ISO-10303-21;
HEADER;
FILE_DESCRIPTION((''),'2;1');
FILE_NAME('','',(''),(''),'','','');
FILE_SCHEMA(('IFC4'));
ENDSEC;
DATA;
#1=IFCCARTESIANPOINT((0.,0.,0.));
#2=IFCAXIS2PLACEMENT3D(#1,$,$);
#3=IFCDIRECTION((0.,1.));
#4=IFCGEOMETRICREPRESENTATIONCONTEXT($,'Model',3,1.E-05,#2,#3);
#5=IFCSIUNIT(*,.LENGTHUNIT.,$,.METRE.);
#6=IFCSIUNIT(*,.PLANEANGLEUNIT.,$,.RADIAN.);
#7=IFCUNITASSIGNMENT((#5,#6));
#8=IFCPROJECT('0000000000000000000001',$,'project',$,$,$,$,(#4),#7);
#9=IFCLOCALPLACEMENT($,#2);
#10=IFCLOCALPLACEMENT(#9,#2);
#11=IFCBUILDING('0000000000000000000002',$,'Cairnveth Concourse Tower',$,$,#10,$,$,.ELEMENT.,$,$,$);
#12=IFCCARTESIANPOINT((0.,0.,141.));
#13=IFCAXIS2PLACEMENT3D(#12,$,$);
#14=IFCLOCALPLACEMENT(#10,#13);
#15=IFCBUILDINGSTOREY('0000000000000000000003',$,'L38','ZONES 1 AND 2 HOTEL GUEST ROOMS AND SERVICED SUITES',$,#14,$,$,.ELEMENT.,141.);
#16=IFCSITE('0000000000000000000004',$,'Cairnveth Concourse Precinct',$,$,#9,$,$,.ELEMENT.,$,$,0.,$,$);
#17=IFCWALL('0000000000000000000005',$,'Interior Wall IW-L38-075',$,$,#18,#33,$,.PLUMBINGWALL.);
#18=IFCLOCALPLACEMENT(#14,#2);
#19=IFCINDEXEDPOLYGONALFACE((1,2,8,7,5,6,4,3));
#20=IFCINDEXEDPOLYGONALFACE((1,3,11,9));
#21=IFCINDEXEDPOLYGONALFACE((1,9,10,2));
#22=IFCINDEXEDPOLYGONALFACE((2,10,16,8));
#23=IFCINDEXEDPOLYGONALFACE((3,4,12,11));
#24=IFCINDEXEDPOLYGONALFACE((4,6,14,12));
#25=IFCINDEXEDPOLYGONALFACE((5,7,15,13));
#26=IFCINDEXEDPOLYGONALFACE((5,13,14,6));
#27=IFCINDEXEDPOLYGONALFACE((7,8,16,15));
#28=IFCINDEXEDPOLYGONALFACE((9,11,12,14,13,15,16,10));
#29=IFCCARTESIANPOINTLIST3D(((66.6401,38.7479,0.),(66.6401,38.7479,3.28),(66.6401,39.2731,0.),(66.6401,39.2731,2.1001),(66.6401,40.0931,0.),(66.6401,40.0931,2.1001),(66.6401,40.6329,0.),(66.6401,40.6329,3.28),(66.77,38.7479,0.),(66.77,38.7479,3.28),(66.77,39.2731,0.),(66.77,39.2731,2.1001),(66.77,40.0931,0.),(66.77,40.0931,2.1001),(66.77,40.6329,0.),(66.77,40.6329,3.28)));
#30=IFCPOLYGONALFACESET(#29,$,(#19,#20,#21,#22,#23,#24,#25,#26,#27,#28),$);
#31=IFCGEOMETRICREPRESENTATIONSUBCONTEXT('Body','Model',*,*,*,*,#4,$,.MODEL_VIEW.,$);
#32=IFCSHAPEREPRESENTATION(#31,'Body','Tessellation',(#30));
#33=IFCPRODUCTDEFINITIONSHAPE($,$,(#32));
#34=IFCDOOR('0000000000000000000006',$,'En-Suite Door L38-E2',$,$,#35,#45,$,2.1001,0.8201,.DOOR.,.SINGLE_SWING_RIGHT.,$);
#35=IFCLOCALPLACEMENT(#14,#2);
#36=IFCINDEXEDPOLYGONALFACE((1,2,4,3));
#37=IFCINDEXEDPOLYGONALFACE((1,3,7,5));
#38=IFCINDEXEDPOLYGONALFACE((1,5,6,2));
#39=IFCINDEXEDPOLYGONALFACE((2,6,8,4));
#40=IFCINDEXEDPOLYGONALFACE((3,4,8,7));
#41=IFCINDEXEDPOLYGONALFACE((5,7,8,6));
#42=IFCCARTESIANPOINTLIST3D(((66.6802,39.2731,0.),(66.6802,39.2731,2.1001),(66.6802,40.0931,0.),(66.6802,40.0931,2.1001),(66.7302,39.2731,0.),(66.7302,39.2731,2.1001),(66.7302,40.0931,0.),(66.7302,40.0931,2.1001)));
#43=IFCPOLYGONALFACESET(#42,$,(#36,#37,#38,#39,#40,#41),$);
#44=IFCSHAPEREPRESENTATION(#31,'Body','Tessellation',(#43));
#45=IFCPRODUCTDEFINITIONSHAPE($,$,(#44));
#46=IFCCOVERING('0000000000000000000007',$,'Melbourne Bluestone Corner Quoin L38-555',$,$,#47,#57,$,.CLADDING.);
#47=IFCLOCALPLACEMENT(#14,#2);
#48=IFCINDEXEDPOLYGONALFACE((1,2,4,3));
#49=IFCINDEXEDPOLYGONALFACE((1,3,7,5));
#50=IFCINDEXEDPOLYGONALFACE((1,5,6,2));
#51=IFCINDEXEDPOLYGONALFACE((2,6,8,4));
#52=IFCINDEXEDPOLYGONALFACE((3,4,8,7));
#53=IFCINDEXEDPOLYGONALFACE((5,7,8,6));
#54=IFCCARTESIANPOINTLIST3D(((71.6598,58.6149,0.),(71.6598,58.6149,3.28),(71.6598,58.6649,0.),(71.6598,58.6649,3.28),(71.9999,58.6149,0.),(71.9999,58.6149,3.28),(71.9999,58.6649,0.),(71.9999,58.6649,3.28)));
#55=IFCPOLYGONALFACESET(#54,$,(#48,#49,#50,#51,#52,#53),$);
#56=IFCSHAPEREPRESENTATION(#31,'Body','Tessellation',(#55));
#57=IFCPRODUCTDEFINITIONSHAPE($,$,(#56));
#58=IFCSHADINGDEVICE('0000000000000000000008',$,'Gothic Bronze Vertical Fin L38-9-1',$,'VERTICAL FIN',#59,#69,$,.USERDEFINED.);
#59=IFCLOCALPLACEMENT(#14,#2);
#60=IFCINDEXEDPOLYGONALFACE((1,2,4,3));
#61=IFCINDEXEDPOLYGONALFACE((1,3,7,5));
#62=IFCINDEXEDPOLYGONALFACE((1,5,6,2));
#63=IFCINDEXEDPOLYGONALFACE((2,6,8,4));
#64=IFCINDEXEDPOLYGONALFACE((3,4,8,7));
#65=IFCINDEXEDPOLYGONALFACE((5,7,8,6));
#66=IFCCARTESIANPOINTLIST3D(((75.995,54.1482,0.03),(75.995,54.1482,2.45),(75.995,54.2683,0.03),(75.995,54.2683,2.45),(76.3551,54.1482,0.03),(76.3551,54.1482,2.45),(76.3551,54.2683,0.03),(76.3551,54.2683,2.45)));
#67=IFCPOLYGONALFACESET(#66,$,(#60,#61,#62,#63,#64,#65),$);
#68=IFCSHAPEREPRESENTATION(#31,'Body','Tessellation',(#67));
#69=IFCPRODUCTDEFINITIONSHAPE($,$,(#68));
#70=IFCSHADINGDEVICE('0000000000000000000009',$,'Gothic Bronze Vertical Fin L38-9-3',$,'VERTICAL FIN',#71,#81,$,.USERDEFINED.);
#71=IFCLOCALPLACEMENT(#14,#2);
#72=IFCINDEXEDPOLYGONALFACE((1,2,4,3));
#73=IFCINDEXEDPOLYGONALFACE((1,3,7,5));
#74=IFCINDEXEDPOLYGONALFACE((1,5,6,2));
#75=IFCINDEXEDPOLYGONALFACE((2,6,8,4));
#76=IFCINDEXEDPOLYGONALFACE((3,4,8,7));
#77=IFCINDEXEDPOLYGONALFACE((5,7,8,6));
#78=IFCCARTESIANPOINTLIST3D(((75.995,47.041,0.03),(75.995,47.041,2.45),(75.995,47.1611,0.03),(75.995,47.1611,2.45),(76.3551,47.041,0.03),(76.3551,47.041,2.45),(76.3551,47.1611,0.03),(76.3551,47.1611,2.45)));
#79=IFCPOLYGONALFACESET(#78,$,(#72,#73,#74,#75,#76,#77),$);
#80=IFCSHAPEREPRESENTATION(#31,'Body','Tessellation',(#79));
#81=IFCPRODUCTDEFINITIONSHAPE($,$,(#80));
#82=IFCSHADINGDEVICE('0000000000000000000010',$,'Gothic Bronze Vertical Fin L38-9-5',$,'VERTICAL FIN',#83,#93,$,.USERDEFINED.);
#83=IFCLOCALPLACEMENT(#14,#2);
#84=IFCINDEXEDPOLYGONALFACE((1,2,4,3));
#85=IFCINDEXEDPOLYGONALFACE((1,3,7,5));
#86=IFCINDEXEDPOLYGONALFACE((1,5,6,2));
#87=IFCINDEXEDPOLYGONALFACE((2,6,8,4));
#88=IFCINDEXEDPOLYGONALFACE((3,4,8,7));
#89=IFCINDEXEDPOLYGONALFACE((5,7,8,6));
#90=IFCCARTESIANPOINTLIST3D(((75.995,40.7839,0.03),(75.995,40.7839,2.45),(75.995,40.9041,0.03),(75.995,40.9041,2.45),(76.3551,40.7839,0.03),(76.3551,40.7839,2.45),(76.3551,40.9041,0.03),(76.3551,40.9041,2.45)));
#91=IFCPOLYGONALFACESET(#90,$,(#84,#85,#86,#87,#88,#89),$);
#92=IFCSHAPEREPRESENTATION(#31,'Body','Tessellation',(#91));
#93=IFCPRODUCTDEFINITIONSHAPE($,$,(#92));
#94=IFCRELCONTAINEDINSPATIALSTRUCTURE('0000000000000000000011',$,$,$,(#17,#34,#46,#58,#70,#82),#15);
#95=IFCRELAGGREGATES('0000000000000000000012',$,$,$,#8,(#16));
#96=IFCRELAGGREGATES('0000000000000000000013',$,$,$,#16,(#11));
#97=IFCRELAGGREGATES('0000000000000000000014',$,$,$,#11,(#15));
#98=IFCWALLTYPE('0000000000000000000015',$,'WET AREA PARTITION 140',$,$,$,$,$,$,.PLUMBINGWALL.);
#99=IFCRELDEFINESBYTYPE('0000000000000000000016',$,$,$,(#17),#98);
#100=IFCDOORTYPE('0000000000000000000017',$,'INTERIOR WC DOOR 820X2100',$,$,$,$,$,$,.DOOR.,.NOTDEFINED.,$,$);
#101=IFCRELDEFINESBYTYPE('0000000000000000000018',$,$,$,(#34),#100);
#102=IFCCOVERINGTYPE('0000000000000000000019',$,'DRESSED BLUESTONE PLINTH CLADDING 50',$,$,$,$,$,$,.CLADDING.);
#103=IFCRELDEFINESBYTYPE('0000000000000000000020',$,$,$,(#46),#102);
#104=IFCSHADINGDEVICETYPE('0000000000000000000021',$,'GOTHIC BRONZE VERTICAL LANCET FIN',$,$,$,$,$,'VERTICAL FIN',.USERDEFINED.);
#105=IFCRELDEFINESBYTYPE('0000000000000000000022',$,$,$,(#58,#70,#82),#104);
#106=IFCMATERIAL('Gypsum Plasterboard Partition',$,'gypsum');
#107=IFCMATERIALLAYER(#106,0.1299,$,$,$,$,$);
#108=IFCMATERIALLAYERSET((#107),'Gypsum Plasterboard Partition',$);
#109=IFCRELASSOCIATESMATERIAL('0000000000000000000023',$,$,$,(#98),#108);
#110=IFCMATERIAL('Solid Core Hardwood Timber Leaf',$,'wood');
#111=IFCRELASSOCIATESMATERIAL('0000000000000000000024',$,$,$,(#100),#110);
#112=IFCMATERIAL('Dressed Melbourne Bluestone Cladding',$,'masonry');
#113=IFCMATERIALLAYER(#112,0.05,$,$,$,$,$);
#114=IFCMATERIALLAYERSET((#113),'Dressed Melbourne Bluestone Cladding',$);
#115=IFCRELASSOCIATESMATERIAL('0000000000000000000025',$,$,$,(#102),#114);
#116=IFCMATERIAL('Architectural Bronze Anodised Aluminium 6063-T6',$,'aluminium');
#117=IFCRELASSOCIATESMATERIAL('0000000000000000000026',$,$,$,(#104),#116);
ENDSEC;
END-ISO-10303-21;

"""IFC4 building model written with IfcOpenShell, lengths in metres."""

from ifc_helpers import new_model, si_unit, direction, frame, frame_2d, origin, origin_2d, place, context, subcontext, project, spatial, rectangle, extrude, material, layer, layer_set, type_object, element, fill, save


model = new_model("IFC4")

# Units and contexts
model_context = context("Model", 3, precision=1e-05, world=origin(), true_north=direction((0.0, 1.0)))
body_context = subcontext(model_context, "Body", "Model", "MODEL_VIEW")
ifc_project = project(units=[si_unit("LENGTHUNIT", "METRE"), si_unit("PLANEANGLEUNIT", "RADIAN")], contexts=[model_context])

# Site, building, storey
site_placement = place(None, origin())
site = spatial("IfcSite", under=ifc_project, at=site_placement, Name="Cairnveth Concourse Precinct", CompositionType="ELEMENT", RefElevation=0.0)
building_placement = place(site_placement, origin())
building = spatial("IfcBuilding", under=site, at=building_placement, Name="Cairnveth Concourse Tower", CompositionType="ELEMENT")
storey_placement = place(building_placement, frame((0.0, 0.0, 141.0)))
storey = spatial("IfcBuildingStorey", under=building, at=storey_placement, Name="L38", Description="ZONES 1 AND 2 HOTEL GUEST ROOMS AND SERVICED SUITES", CompositionType="ELEMENT", Elevation=141.0)

# Shared definitions
ifc_material_1 = material(Name="Gypsum Plasterboard Partition", Category="gypsum")

# Shared definitions
ifc_layer_1 = layer(ifc_material_1, 0.1299)
ifc_layer_set_1 = layer_set([ifc_layer_1], Name="Gypsum Plasterboard Partition")
wall_type_1 = type_object("IfcWallType", Name="WET AREA PARTITION 140", PredefinedType="PLUMBINGWALL", material=ifc_layer_set_1)

# Wall, opening, door
wall_1_placement = place(storey_placement, frame((66.7051, 38.748, 0.0), z_axis=(0.0, 0.0, 1.0), x_axis=(0.0, 1.0, 0.0)))
wall_1 = element("IfcWall", 1, at=wall_1_placement, inside=storey, type_object=wall_type_1, Name="Interior Wall IW-L38-075", PredefinedType="PLUMBINGWALL", context=body_context, shape_type="SweptSolid", body=[
    extrude(rectangle(XDim=1.885, YDim=0.1299, at=frame_2d((0.9424, 0.0))), origin(), (0.0, 0.0, 1.0), 3.28),
])
opening_1_placement = place(wall_1_placement, frame((0.5249, 0.0, 0.0)))
opening_1 = element("IfcOpeningElement", 2, at=opening_1_placement, cuts=wall_1, PredefinedType="OPENING", context=body_context, shape_type="SweptSolid", body=[
    extrude(rectangle(XDim=0.8201, YDim=2.1001, at=frame_2d((0.4102, 1.05))), frame((0.0, 0.075, 0.0), z_axis=(0.0, -1.0, 0.0), x_axis=(1.0, 0.0, 0.0)), (0.0, 0.0, 1.0), 0.1499),
])
ifc_material_2 = material(Name="Solid Core Hardwood Timber Leaf", Category="wood")
door_type_1 = type_object("IfcDoorType", Name="INTERIOR WC DOOR 820X2100", OperationType="NOTDEFINED", PredefinedType="DOOR", material=ifc_material_2)
door_1_placement = place(opening_1_placement, origin())
door_1 = element("IfcDoor", 3, at=door_1_placement, inside=storey, type_object=door_type_1, Name="En-Suite Door L38-E2", OperationType="SINGLE_SWING_RIGHT", OverallHeight=2.1001, OverallWidth=0.8201, PredefinedType="DOOR", context=body_context, shape_type="SweptSolid", body=[
    extrude(rectangle(XDim=0.8201, YDim=2.1001, at=frame_2d((0.4102, 1.05))), frame((0.0, 0.0249, 0.0), z_axis=(0.0, -1.0, 0.0), x_axis=(1.0, 0.0, 0.0)), (0.0, 0.0, 1.0), 0.05),
])
fill(opening_1, door_1)

# Covering
ifc_material_3 = material(Name="Dressed Melbourne Bluestone Cladding", Category="masonry")
ifc_layer_2 = layer(ifc_material_3, 0.05)
ifc_layer_set_2 = layer_set([ifc_layer_2], Name="Dressed Melbourne Bluestone Cladding")
covering_type = type_object("IfcCoveringType", Name="DRESSED BLUESTONE PLINTH CLADDING 50", PredefinedType="CLADDING", material=ifc_layer_set_2)
covering_placement = place(storey_placement, frame((71.6599, 58.6399, 0.0), z_axis=(0.0, 0.0, 1.0), x_axis=(1.0, 0.0, 0.0)))
element("IfcCovering", 4, at=covering_placement, inside=storey, type_object=covering_type, Name="Melbourne Bluestone Corner Quoin L38-555", PredefinedType="CLADDING", context=body_context, shape_type="SweptSolid", body=[
    extrude(rectangle(XDim=0.3401, YDim=0.05, at=frame_2d((0.1699, 0.0))), origin(), (0.0, 0.0, 1.0), 3.28),
])

# Shading devices
ifc_material_4 = material(Name="Architectural Bronze Anodised Aluminium 6063-T6", Category="aluminium")
shading_device_type = type_object("IfcShadingDeviceType", Name="GOTHIC BRONZE VERTICAL LANCET FIN", ElementType="VERTICAL FIN", PredefinedType="USERDEFINED", material=ifc_material_4)
for number, where, z_axis, x_axis, name in (
    (5, (76.175, 54.2083, 0.03), (0.0, 0.0, 1.0), (0.0, 1.0, 0.0), "Gothic Bronze Vertical Fin L38-9-1"),
    (6, (76.175, 47.1011, 0.03), (0.0, 0.0, 1.0), (0.0, 1.0, 0.0), "Gothic Bronze Vertical Fin L38-9-3"),
    (7, (76.175, 40.844, 0.03), (0.0, 0.0, 1.0), (0.0, 1.0, 0.0), "Gothic Bronze Vertical Fin L38-9-5"),
):
    element("IfcShadingDevice", number, at=place(storey_placement, frame(where, z_axis=z_axis, x_axis=x_axis)), inside=storey, type_object=shading_device_type, Name=name, ObjectType="VERTICAL FIN", PredefinedType="USERDEFINED", context=body_context, shape_type="SweptSolid", body=[
        extrude(rectangle(XDim=0.1201, YDim=0.3601, at=origin_2d()), origin(), (0.0, 0.0, 1.0), 2.4199),
    ])

save(model, "model.ifc")
